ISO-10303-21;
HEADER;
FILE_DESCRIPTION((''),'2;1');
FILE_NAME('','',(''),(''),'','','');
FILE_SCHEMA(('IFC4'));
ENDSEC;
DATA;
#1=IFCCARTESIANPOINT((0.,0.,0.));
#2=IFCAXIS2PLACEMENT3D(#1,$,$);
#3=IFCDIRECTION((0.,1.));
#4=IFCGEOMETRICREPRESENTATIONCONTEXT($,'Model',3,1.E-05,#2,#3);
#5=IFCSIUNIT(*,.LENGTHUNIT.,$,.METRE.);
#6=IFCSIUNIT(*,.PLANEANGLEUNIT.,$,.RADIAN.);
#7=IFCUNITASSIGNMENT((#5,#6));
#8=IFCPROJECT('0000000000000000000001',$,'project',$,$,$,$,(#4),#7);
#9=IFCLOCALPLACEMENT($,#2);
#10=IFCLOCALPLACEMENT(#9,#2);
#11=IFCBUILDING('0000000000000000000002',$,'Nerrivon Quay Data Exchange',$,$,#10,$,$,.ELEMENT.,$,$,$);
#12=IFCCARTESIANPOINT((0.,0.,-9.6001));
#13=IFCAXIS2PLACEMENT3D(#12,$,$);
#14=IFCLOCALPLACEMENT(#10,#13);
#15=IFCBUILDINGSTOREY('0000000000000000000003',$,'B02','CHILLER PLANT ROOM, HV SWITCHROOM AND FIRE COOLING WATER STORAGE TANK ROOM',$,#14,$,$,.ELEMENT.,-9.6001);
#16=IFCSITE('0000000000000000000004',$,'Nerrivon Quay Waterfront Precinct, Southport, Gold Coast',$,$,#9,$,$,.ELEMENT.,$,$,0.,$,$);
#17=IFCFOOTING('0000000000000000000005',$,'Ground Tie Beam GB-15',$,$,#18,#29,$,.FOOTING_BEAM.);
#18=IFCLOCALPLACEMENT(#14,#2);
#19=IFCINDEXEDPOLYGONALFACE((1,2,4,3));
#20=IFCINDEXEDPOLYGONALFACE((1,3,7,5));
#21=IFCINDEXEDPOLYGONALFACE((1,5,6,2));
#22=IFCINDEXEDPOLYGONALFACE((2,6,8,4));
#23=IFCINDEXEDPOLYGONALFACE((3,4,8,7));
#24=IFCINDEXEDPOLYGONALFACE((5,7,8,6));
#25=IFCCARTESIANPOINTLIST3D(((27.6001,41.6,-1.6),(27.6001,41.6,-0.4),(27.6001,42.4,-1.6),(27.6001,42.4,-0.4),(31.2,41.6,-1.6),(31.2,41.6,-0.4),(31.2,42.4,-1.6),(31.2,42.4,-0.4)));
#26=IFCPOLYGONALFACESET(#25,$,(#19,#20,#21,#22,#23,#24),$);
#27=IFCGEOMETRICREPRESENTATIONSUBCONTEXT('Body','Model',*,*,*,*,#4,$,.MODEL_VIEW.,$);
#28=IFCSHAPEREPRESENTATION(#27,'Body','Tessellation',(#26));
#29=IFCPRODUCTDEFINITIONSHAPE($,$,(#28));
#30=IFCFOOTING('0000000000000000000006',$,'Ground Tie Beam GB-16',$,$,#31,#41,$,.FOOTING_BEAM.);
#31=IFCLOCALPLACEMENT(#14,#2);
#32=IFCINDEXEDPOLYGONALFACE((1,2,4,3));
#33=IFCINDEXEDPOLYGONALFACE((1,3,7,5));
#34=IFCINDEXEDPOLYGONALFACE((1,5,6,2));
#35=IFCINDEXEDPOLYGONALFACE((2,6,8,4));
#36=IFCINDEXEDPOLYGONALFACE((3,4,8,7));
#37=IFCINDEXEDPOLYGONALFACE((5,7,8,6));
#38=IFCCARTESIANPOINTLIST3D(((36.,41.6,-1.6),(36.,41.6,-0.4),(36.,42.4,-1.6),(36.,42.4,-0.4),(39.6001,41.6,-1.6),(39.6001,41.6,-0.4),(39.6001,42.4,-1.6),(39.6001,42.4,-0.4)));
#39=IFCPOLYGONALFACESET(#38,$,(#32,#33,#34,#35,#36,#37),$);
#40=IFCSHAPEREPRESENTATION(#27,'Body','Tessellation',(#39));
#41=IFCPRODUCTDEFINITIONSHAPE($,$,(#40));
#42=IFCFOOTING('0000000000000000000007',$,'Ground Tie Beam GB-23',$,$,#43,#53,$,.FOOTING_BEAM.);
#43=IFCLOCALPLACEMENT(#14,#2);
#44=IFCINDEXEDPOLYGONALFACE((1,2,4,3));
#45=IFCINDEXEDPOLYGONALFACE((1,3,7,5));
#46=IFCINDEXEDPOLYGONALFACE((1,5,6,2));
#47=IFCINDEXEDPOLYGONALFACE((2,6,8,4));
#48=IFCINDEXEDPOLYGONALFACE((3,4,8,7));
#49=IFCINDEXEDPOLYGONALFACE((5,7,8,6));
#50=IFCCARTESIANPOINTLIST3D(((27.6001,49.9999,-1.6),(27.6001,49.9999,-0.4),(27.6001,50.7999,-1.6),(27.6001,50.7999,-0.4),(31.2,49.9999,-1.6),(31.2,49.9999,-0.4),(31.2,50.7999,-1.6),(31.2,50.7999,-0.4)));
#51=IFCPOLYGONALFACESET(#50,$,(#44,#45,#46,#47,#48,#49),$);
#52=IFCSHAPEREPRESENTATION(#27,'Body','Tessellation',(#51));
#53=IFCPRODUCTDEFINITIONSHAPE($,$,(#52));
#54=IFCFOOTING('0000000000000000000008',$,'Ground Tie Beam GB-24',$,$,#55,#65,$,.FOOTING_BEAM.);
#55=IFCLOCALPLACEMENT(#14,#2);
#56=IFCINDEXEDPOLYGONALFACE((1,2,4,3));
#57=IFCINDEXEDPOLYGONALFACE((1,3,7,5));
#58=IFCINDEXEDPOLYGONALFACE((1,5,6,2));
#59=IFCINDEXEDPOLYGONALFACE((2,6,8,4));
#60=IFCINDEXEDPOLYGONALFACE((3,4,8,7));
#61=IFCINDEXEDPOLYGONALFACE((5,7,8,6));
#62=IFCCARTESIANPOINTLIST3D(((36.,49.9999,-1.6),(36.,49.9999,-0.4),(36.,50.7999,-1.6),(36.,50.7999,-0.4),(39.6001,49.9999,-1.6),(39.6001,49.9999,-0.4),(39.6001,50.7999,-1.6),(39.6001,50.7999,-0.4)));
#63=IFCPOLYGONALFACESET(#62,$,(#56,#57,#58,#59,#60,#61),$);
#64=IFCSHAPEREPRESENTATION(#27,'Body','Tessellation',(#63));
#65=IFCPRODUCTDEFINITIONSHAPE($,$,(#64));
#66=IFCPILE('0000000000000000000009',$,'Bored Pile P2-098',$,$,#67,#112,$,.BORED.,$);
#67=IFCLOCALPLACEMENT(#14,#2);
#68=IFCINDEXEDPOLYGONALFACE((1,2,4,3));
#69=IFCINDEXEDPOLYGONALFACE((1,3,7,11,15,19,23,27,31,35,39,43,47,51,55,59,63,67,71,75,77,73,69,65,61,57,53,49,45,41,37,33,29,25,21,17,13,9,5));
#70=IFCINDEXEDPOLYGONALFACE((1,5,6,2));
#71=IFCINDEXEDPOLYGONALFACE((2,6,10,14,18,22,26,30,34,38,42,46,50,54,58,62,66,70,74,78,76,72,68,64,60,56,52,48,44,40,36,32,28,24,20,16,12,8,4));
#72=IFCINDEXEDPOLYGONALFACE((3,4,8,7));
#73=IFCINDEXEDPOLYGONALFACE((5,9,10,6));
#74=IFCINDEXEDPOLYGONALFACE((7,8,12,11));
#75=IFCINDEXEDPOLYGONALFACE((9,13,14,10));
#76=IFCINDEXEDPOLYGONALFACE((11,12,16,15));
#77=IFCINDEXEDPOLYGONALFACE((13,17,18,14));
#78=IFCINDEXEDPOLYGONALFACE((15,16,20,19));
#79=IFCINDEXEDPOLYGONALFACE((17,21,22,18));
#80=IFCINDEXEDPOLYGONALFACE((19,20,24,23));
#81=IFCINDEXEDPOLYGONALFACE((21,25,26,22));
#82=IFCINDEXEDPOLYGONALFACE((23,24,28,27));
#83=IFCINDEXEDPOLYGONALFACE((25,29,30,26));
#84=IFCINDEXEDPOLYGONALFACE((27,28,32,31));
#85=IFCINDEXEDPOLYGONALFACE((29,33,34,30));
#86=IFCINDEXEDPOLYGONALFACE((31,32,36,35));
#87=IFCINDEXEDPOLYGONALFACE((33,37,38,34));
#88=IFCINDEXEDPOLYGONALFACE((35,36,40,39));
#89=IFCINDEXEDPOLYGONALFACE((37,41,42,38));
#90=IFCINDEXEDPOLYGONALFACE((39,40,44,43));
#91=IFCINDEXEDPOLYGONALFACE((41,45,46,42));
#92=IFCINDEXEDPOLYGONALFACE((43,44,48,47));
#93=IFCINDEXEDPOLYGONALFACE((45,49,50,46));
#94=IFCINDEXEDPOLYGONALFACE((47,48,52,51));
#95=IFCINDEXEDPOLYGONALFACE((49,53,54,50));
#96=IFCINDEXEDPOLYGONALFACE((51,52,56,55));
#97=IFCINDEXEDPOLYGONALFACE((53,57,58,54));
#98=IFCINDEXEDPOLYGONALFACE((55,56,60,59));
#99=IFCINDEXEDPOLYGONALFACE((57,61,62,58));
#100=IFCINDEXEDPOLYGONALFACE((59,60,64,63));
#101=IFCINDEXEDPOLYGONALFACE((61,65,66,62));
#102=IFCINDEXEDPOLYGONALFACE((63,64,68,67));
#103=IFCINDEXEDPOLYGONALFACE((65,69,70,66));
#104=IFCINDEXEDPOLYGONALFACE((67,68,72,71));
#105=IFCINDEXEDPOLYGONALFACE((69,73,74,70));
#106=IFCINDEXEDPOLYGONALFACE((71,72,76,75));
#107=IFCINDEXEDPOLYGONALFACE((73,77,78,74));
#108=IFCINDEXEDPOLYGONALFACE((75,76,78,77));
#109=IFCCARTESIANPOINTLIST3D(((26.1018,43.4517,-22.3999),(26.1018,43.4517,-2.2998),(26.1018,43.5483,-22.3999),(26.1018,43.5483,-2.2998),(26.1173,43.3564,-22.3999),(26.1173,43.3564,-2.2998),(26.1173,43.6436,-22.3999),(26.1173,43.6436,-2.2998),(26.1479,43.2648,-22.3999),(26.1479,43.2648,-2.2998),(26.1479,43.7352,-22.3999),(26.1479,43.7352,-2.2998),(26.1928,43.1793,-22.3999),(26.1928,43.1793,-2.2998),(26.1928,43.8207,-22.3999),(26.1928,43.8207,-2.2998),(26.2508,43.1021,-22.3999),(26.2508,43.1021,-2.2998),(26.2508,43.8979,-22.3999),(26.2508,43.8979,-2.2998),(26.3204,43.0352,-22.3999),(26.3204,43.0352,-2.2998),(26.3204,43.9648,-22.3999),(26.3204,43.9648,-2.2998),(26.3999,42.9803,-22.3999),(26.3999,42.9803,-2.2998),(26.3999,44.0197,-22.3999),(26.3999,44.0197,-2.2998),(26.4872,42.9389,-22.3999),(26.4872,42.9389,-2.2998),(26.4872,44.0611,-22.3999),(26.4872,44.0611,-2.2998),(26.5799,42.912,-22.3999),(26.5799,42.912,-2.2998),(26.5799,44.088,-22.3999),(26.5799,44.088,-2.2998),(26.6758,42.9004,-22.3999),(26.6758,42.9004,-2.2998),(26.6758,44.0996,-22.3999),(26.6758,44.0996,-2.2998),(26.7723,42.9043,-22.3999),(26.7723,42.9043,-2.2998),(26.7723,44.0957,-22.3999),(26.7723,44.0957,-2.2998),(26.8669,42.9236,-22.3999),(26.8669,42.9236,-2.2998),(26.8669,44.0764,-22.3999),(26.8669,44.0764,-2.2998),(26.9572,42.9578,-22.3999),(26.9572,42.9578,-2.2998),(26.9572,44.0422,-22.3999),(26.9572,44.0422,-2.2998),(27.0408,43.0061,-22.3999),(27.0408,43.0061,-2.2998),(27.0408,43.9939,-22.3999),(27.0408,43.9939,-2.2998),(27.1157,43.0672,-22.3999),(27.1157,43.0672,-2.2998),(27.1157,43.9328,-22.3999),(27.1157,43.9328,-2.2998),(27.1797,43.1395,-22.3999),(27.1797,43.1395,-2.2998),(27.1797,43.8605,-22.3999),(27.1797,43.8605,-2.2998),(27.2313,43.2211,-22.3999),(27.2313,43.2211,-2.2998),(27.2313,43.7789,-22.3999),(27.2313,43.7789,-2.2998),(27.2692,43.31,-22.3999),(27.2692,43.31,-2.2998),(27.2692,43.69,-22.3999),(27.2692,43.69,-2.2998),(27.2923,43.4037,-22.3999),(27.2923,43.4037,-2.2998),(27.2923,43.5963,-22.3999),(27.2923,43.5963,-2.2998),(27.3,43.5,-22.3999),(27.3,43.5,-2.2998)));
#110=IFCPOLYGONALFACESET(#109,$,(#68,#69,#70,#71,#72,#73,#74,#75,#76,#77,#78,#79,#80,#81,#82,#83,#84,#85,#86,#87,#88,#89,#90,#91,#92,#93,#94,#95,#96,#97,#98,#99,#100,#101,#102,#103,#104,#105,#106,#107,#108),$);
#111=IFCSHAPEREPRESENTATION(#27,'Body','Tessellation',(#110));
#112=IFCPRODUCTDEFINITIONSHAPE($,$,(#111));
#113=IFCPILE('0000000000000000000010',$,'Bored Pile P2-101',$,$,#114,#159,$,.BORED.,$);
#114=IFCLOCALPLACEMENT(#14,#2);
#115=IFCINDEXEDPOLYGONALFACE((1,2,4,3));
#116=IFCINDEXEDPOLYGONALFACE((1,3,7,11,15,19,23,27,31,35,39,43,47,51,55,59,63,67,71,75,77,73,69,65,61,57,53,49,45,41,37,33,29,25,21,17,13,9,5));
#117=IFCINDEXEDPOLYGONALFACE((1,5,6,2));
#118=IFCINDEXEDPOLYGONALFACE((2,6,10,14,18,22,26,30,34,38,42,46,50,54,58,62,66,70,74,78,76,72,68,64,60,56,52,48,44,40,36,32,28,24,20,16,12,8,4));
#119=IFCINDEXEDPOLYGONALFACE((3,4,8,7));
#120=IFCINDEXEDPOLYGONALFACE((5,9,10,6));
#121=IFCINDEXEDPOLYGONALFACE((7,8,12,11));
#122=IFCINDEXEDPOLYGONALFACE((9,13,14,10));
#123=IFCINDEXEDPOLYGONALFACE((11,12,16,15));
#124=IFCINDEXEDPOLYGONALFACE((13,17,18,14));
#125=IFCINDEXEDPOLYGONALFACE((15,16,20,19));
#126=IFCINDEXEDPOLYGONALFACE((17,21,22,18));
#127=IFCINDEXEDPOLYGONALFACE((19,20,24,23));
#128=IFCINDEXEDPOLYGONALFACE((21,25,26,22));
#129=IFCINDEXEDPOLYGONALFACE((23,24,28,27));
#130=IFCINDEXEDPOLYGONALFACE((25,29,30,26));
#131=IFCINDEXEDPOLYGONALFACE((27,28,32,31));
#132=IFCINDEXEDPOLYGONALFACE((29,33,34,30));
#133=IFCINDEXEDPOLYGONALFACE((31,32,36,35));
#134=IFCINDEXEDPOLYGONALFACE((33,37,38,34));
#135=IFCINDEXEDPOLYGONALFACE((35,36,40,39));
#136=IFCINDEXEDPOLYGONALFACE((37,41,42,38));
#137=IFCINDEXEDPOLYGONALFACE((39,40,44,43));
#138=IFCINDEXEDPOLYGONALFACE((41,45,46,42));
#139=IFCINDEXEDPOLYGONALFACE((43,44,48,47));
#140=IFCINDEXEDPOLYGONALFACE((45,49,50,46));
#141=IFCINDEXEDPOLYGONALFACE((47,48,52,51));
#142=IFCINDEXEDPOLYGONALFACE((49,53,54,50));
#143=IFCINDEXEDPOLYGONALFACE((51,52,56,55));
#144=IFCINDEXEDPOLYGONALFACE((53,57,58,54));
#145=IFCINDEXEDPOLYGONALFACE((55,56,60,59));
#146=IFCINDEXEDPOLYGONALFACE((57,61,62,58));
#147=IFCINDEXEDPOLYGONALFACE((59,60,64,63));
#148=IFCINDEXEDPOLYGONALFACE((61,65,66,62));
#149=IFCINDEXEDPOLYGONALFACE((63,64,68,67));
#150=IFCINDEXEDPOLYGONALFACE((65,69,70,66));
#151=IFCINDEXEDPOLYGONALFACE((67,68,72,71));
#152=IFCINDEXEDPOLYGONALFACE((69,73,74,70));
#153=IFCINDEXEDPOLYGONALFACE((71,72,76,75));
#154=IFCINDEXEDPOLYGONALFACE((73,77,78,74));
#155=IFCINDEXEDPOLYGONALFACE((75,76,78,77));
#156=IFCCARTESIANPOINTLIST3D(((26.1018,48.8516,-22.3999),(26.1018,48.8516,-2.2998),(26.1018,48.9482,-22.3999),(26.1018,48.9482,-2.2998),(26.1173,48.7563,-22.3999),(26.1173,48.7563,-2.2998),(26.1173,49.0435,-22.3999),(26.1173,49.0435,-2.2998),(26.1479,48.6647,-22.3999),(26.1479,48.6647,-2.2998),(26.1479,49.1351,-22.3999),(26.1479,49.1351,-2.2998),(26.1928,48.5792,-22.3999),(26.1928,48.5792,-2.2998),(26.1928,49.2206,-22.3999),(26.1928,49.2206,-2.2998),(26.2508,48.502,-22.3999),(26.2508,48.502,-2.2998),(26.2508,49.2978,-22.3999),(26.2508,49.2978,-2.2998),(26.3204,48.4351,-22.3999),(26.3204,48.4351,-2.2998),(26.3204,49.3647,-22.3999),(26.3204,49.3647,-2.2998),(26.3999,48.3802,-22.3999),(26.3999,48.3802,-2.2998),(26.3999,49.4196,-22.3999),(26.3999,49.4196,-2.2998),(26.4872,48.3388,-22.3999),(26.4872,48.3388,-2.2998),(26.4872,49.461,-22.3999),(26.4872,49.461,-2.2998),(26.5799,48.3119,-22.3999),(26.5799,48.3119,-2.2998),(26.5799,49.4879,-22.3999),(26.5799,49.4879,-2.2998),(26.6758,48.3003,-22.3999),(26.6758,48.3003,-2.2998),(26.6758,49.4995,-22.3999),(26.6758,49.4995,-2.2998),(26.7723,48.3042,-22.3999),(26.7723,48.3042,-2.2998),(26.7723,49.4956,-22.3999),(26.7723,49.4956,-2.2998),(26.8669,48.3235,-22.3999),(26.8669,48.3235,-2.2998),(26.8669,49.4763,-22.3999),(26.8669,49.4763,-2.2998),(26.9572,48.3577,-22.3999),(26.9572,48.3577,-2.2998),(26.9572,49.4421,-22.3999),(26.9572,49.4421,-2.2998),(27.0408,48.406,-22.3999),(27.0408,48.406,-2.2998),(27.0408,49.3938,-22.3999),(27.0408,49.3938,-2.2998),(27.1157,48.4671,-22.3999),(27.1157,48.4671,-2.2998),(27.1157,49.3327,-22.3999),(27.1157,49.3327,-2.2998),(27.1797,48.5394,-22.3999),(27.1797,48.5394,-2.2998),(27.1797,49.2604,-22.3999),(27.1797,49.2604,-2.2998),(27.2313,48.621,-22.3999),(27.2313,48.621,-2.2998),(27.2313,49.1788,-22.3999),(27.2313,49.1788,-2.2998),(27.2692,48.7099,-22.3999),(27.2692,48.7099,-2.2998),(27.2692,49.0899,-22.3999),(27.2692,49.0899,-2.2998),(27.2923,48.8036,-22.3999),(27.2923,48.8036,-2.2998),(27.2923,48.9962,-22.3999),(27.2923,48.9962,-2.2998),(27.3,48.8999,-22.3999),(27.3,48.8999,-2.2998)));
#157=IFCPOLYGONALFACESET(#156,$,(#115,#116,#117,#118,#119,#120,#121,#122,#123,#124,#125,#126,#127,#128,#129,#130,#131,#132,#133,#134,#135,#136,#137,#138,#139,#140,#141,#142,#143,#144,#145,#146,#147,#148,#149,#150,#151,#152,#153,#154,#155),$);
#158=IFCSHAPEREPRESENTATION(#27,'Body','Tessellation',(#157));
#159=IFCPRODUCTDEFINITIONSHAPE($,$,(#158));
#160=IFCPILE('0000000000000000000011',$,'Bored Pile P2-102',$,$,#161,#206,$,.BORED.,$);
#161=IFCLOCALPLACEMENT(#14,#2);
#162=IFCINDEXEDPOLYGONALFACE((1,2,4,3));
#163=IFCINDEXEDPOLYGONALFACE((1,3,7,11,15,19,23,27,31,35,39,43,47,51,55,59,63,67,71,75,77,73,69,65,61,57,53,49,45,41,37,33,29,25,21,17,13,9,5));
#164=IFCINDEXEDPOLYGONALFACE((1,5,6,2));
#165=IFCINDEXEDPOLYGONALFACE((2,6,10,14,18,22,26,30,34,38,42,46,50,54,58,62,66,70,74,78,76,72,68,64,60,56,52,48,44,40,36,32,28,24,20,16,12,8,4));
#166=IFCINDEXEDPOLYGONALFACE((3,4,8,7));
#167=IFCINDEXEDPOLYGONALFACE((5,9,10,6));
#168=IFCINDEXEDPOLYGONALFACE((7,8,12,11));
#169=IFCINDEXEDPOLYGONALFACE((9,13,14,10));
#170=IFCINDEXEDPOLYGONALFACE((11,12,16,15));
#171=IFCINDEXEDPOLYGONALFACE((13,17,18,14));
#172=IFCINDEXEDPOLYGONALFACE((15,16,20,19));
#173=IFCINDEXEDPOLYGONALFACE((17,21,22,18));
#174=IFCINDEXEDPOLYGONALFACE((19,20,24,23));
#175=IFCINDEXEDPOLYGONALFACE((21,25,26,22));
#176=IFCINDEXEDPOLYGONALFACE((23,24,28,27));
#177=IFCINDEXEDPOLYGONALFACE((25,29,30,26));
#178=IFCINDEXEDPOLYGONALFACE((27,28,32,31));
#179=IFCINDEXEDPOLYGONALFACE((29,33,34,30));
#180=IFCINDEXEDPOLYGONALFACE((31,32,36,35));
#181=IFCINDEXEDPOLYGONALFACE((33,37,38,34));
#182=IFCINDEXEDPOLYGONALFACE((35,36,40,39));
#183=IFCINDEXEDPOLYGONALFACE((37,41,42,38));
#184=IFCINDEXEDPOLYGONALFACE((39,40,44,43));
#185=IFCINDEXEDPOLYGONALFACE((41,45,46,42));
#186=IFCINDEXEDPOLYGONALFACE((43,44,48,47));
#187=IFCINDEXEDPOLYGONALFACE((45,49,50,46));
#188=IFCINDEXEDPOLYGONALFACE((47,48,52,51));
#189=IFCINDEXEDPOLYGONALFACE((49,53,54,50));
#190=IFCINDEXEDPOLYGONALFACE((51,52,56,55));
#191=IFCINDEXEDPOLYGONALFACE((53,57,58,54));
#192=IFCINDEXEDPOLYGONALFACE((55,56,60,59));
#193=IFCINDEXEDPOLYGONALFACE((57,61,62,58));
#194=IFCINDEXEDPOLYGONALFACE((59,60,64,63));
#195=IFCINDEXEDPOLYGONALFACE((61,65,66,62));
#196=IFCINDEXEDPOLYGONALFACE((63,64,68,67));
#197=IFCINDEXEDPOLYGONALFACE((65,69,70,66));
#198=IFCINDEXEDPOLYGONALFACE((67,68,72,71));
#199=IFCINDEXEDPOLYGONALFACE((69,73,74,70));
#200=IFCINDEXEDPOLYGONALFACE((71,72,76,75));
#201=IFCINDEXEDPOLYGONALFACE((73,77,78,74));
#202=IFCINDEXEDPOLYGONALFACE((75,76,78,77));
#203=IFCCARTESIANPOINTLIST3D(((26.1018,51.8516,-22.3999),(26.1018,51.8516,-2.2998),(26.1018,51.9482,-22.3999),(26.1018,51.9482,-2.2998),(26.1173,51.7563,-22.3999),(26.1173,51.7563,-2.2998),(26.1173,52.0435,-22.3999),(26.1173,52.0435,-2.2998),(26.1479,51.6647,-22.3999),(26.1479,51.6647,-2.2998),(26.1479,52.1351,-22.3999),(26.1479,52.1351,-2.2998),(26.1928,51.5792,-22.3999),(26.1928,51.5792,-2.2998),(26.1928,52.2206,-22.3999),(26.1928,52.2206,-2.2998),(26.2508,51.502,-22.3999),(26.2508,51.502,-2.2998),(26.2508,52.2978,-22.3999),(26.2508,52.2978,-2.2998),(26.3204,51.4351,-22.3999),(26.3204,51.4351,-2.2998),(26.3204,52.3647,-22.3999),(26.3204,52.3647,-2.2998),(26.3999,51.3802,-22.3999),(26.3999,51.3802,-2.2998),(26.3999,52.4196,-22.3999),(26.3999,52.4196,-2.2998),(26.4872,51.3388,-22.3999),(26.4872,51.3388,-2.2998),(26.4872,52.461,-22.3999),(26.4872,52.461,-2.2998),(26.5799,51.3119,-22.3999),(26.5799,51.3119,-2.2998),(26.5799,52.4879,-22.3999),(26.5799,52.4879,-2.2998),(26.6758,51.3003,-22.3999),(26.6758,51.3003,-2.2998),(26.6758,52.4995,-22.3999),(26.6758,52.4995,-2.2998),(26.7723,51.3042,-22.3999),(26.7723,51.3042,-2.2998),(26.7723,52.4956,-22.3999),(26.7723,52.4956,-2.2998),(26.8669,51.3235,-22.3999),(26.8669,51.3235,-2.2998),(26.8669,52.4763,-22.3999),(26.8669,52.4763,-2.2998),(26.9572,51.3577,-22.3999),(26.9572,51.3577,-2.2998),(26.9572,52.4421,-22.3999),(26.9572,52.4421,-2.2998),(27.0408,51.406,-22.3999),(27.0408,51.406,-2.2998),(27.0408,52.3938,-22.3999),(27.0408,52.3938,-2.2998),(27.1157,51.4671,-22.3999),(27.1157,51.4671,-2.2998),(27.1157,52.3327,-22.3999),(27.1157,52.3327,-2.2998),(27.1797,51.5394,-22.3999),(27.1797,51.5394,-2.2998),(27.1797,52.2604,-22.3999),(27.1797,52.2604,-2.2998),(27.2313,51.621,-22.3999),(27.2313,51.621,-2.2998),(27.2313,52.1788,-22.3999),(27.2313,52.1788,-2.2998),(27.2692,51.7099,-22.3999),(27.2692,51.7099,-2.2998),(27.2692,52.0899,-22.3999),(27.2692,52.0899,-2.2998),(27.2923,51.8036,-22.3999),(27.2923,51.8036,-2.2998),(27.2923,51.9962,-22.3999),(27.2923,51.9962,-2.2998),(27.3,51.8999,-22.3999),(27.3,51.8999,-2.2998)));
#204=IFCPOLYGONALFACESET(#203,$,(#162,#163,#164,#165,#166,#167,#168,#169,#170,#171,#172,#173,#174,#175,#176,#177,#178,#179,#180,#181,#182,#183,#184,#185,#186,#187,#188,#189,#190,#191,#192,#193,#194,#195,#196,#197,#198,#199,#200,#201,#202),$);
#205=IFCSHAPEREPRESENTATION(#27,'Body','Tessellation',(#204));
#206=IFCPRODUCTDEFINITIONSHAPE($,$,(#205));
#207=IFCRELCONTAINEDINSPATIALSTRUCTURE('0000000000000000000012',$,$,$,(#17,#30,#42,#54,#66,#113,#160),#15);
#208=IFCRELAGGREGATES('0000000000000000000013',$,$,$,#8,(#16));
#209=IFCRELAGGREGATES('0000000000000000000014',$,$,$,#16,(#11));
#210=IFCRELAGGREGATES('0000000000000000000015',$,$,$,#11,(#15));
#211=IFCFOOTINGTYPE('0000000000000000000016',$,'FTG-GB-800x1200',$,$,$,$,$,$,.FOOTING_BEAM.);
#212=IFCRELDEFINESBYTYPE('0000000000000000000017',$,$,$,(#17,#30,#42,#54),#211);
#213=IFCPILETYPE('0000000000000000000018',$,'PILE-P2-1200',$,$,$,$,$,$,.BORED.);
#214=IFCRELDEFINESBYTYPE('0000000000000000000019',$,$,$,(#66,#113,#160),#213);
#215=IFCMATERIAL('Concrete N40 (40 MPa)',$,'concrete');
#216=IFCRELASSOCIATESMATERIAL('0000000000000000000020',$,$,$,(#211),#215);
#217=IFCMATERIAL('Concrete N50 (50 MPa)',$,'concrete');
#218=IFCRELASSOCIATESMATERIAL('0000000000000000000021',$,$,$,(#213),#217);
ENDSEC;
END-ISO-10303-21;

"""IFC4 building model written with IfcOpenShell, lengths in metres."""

from ifc_helpers import new_model, si_unit, direction, frame, origin, origin_2d, place, context, subcontext, project, spatial, rectangle, circle, extrude, material, material_profile, profile_set, type_object, element, save


model = new_model("IFC4")

# Units and contexts
model_context = context("Model", 3, precision=1e-05, world=origin(), true_north=direction((0.0, 1.0)))
body_context = subcontext(model_context, "Body", "Model", "MODEL_VIEW")
ifc_project = project(units=[si_unit("LENGTHUNIT", "METRE"), si_unit("PLANEANGLEUNIT", "RADIAN")], contexts=[model_context])

# Site, building, storey
site_placement = place(None, origin())
site = spatial("IfcSite", under=ifc_project, at=site_placement, Name="Nerrivon Quay Waterfront Precinct, Southport, Gold Coast", CompositionType="ELEMENT", RefElevation=0.0)
building_placement = place(site_placement, origin())
building = spatial("IfcBuilding", under=site, at=building_placement, Name="Nerrivon Quay Data Exchange", CompositionType="ELEMENT")
storey_placement = place(building_placement, frame((0.0, 0.0, -9.6001)))
storey = spatial("IfcBuildingStorey", under=building, at=storey_placement, Name="B02", Description="CHILLER PLANT ROOM, HV SWITCHROOM AND FIRE COOLING WATER STORAGE TANK ROOM", CompositionType="ELEMENT", Elevation=-9.6001)

# Footings
ifc_material_1 = material(Name="Concrete N40 (40 MPa)", Category="concrete")
ifc_material_profile_1 = material_profile(ifc_material_1, rectangle(XDim=0.8, YDim=1.2, at=origin_2d()), Name="RC-GB-800x1200")
ifc_profile_set_1 = profile_set([ifc_material_profile_1], Name="Concrete N40 (40 MPa)")
footing_type = type_object("IfcFootingType", Name="FTG-GB-800x1200", PredefinedType="FOOTING_BEAM", material=ifc_profile_set_1)
footing_1_placement = place(storey_placement, frame((27.6001, 42.0, -1.0), z_axis=(1.0, 0.0, 0.0), x_axis=(0.0, 1.0, 0.0)))
element("IfcFooting", 1, at=footing_1_placement, inside=storey, type_object=footing_type, Name="Ground Tie Beam GB-15", PredefinedType="FOOTING_BEAM", context=body_context, shape_type="SweptSolid", body=[
    extrude(rectangle(XDim=0.8, YDim=1.2, at=origin_2d()), origin(), (0.0, 0.0, 1.0), 3.5999),
])
footing_2_placement = place(storey_placement, frame((36.0, 42.0, -1.0), z_axis=(1.0, 0.0, 0.0), x_axis=(0.0, 1.0, 0.0)))
element("IfcFooting", 2, at=footing_2_placement, inside=storey, type_object=footing_type, Name="Ground Tie Beam GB-16", PredefinedType="FOOTING_BEAM", context=body_context, shape_type="SweptSolid", body=[
    extrude(rectangle(XDim=0.8, YDim=1.2, at=origin_2d()), origin(), (0.0, 0.0, 1.0), 3.6001),
])
footing_3_placement = place(storey_placement, frame((27.6001, 50.3999, -1.0), z_axis=(1.0, 0.0, 0.0), x_axis=(0.0, 1.0, 0.0)))
element("IfcFooting", 3, at=footing_3_placement, inside=storey, type_object=footing_type, Name="Ground Tie Beam GB-23", PredefinedType="FOOTING_BEAM", context=body_context, shape_type="SweptSolid", body=[
    extrude(rectangle(XDim=0.8, YDim=1.2, at=origin_2d()), origin(), (0.0, 0.0, 1.0), 3.5999),
])
footing_4_placement = place(storey_placement, frame((36.0, 50.3999, -1.0), z_axis=(1.0, 0.0, 0.0), x_axis=(0.0, 1.0, 0.0)))
element("IfcFooting", 4, at=footing_4_placement, inside=storey, type_object=footing_type, Name="Ground Tie Beam GB-24", PredefinedType="FOOTING_BEAM", context=body_context, shape_type="SweptSolid", body=[
    extrude(rectangle(XDim=0.8, YDim=1.2, at=origin_2d()), origin(), (0.0, 0.0, 1.0), 3.6001),
])

# Piles
ifc_material_2 = material(Name="Concrete N50 (50 MPa)", Category="concrete")
ifc_material_profile_2 = material_profile(ifc_material_2, circle(Radius=0.6001, at=origin_2d()), Name="PILE-1200")
ifc_profile_set_2 = profile_set([ifc_material_profile_2], Name="Concrete N50 (50 MPa)")
pile_type = type_object("IfcPileType", Name="PILE-P2-1200", PredefinedType="BORED", material=ifc_profile_set_2)
for number, where, z_axis, x_axis, name in (
    (5, (26.7, 43.5, -2.2998), (0.0, 0.0, -1.0), (1.0, 0.0, 0.0), "Bored Pile P2-098"),
    (6, (26.7, 48.8999, -2.2998), (0.0, 0.0, -1.0), (1.0, 0.0, 0.0), "Bored Pile P2-101"),
    (7, (26.7, 51.8999, -2.2998), (0.0, 0.0, -1.0), (1.0, 0.0, 0.0), "Bored Pile P2-102"),
):
    element("IfcPile", number, at=place(storey_placement, frame(where, z_axis=z_axis, x_axis=x_axis)), inside=storey, type_object=pile_type, Name=name, PredefinedType="BORED", context=body_context, shape_type="SweptSolid", body=[
        extrude(circle(Radius=0.6001, at=origin_2d()), origin(), (0.0, 0.0, 1.0), 20.1001),
    ])

save(model, "model.ifc")
